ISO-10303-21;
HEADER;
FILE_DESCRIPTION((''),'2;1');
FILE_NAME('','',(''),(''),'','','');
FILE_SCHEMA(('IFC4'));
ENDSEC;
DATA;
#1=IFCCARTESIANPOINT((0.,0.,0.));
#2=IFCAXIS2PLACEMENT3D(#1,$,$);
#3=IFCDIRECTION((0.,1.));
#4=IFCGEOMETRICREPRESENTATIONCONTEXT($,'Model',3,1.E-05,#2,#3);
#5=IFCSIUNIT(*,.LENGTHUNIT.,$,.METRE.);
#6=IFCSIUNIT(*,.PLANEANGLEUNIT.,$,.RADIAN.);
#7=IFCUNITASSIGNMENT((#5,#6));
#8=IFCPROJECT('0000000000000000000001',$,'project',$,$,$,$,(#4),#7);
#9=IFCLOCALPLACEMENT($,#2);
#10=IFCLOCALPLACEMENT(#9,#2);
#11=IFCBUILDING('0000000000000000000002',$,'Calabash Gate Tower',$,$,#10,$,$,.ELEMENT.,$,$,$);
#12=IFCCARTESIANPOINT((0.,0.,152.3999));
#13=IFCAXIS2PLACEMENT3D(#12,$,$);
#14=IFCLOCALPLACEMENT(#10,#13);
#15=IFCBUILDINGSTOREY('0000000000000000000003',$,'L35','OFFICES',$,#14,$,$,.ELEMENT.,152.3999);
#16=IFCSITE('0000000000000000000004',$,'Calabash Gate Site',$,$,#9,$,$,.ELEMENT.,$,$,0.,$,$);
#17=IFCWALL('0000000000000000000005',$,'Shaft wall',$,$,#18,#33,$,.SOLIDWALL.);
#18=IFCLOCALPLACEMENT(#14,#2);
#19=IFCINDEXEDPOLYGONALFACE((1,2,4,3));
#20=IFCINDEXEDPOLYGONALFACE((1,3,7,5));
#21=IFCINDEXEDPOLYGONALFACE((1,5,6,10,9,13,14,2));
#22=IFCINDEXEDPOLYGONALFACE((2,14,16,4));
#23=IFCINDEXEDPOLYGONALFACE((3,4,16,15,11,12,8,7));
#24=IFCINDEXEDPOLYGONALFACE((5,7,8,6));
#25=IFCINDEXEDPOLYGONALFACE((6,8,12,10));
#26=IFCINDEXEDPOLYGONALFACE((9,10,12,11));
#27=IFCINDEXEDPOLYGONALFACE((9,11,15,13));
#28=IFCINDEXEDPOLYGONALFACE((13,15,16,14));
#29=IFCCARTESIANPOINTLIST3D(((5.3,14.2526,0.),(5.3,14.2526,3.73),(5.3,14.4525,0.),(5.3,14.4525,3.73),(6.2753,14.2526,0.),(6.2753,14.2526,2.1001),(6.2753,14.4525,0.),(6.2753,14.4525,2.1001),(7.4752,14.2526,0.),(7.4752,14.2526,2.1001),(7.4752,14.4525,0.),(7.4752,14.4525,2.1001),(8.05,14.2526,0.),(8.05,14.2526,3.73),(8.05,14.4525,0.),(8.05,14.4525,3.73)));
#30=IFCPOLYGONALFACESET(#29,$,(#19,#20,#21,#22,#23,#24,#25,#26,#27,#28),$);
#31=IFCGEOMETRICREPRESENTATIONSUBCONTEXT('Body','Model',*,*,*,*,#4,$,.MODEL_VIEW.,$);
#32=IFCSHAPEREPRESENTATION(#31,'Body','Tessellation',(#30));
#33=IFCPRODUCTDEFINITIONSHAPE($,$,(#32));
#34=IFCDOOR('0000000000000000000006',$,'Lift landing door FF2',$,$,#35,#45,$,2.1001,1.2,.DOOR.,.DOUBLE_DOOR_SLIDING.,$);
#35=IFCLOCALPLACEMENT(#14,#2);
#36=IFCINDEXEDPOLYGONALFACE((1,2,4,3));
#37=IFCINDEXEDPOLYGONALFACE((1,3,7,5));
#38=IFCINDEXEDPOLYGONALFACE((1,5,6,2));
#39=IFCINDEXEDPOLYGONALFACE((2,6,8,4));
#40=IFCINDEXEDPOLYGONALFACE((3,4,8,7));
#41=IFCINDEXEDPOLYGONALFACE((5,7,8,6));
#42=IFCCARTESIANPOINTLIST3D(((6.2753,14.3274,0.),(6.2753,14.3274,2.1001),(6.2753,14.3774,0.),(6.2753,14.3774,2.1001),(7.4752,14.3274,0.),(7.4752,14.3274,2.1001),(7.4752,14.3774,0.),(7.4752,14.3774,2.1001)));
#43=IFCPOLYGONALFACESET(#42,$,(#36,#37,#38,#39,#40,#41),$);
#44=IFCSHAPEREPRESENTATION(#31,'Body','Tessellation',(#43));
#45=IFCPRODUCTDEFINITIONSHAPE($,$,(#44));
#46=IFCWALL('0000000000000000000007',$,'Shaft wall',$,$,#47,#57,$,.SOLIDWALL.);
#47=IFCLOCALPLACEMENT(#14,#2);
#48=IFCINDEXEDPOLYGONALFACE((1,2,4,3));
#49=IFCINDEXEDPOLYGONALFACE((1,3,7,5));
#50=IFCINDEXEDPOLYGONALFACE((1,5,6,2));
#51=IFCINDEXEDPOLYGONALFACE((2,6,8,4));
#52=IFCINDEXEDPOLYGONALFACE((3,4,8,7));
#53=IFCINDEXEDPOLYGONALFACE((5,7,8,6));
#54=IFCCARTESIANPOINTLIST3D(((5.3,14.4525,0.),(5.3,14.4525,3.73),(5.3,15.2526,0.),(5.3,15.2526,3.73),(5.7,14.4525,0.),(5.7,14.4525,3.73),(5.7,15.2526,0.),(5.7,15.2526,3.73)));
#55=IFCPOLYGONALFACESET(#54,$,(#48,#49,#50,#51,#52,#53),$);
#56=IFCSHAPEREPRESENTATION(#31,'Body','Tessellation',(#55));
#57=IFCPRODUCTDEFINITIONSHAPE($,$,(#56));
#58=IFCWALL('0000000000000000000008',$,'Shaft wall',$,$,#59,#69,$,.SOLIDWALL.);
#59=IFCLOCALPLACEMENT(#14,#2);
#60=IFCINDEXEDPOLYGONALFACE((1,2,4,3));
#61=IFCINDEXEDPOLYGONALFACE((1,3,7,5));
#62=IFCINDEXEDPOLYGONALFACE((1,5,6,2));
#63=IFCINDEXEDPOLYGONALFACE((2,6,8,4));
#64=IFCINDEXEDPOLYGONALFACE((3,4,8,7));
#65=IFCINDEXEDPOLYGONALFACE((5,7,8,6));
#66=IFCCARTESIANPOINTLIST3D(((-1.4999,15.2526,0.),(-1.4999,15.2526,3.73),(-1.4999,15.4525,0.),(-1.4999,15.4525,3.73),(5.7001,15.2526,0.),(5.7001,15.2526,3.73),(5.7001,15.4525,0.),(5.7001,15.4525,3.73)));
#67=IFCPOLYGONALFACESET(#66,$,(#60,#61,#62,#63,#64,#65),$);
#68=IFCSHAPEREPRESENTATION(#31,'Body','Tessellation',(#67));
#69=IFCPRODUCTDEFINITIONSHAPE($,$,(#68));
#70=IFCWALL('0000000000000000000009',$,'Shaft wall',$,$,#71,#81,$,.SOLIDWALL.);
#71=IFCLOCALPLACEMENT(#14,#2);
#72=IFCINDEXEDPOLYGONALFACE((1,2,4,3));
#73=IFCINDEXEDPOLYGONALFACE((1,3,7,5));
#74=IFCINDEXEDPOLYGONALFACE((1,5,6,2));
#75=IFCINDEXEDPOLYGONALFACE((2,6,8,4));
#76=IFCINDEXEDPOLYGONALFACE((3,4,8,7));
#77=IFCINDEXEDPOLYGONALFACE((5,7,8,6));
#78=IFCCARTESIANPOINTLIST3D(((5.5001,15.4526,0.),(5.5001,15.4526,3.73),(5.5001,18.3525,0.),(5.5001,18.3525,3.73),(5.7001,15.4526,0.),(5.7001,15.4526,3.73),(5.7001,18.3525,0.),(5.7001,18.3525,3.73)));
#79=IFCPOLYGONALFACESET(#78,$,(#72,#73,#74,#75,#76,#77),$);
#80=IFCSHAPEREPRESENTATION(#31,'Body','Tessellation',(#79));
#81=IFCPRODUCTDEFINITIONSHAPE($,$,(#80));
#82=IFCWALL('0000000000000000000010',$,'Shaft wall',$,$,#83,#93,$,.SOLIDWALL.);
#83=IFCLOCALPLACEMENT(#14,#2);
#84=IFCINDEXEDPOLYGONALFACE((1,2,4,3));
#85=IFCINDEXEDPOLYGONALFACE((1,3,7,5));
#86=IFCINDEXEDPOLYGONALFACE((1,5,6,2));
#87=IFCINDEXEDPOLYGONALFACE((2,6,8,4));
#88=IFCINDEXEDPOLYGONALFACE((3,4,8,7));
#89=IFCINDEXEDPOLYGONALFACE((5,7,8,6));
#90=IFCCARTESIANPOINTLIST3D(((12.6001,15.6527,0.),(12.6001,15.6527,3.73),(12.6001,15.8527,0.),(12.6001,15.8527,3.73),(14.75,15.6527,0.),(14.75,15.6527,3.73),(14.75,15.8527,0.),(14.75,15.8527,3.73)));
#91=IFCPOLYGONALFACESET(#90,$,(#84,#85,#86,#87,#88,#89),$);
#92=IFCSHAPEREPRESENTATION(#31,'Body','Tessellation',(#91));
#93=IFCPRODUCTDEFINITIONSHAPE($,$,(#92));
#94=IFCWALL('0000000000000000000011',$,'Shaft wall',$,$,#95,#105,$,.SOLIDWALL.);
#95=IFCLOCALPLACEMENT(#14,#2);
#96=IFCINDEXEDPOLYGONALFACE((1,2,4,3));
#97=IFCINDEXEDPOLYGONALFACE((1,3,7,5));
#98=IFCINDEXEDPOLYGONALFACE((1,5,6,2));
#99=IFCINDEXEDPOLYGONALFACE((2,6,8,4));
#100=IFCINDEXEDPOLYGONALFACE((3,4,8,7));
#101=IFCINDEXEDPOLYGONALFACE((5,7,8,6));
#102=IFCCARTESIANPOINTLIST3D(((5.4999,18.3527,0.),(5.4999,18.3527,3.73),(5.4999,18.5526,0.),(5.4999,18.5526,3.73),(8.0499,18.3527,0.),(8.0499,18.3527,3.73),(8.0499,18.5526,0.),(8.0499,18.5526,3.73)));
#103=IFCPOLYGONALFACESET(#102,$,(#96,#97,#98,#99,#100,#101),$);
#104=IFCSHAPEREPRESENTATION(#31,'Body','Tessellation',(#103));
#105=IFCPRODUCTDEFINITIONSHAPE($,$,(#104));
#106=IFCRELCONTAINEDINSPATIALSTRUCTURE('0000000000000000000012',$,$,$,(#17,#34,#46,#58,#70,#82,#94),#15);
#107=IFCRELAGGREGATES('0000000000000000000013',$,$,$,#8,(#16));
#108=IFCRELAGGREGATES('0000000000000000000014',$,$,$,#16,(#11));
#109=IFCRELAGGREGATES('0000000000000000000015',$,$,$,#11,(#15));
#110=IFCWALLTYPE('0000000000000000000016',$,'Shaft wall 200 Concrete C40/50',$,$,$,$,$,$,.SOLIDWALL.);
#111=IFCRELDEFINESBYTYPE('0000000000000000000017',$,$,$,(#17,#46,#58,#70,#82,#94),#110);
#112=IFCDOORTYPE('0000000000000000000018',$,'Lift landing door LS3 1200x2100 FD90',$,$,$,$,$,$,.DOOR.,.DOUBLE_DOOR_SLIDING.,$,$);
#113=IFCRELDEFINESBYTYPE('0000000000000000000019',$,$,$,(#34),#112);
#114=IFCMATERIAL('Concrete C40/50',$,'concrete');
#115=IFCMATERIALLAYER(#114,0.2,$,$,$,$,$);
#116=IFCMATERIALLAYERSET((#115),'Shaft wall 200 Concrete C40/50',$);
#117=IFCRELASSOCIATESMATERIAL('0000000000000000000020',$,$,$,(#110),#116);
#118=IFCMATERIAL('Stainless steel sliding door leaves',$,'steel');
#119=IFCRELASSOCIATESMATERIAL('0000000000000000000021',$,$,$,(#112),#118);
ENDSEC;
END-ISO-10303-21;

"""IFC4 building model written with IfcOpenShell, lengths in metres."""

from ifc_helpers import new_model, si_unit, direction, frame, frame_2d, origin, place, context, subcontext, project, spatial, rectangle, extrude, material, layer, layer_set, type_object, element, fill, save


model = new_model("IFC4")

# Units and contexts
model_context = context("Model", 3, precision=1e-05, world=origin(), true_north=direction((0.0, 1.0)))
body_context = subcontext(model_context, "Body", "Model", "MODEL_VIEW")
ifc_project = project(units=[si_unit("LENGTHUNIT", "METRE"), si_unit("PLANEANGLEUNIT", "RADIAN")], contexts=[model_context])

# Site, building, storey
site_placement = place(None, origin())
site = spatial("IfcSite", under=ifc_project, at=site_placement, Name="Calabash Gate Site", CompositionType="ELEMENT", RefElevation=0.0)
building_placement = place(site_placement, origin())
building = spatial("IfcBuilding", under=site, at=building_placement, Name="Calabash Gate Tower", CompositionType="ELEMENT")
storey_placement = place(building_placement, frame((0.0, 0.0, 152.3999)))
storey = spatial("IfcBuildingStorey", under=building, at=storey_placement, Name="L35", Description="OFFICES", CompositionType="ELEMENT", Elevation=152.3999)

# Shared definitions
ifc_material_1 = material(Name="Concrete C40/50", Category="concrete")
ifc_layer_1 = layer(ifc_material_1, 0.2)
ifc_layer_set_1 = layer_set([ifc_layer_1], Name="Shaft wall 200 Concrete C40/50")
wall_type_1 = type_object("IfcWallType", Name="Shaft wall 200 Concrete C40/50", PredefinedType="SOLIDWALL", material=ifc_layer_set_1)

# Shared definitions
ifc_material_2 = material(Name="Stainless steel sliding door leaves", Category="steel")
door_type_1 = type_object("IfcDoorType", Name="Lift landing door LS3 1200x2100 FD90", OperationType="DOUBLE_DOOR_SLIDING", PredefinedType="DOOR", material=ifc_material_2)

# Wall, opening, door
wall_1_placement = place(storey_placement, frame((5.3, 14.3525, 0.0), z_axis=(0.0, 0.0, 1.0), x_axis=(1.0, 0.0, 0.0)))
wall_1 = element("IfcWall", 1, at=wall_1_placement, inside=storey, type_object=wall_type_1, Name="Shaft wall", PredefinedType="SOLIDWALL", context=body_context, shape_type="SweptSolid", body=[
    extrude(rectangle(XDim=2.75, YDim=0.2, at=frame_2d((1.375, 0.0))), origin(), (0.0, 0.0, 1.0), 3.73),
])
opening_1_placement = place(wall_1_placement, frame((0.9751, 0.0, 0.0)))
opening_1 = element("IfcOpeningElement", 2, at=opening_1_placement, cuts=wall_1, PredefinedType="OPENING", context=body_context, shape_type="SweptSolid", body=[
    extrude(rectangle(XDim=1.2, YDim=2.1001, at=frame_2d((0.6001, 1.05))), frame((0.0, 0.1099, 0.0), z_axis=(0.0, -1.0, 0.0), x_axis=(1.0, 0.0, 0.0)), (0.0, 0.0, 1.0), 0.22),
])
door_1_placement = place(opening_1_placement, origin())
door_1 = element("IfcDoor", 3, at=door_1_placement, inside=storey, type_object=door_type_1, Name="Lift landing door FF2", OperationType="DOUBLE_DOOR_SLIDING", OverallHeight=2.1001, OverallWidth=1.2, PredefinedType="DOOR", context=body_context, shape_type="SweptSolid", body=[
    extrude(rectangle(XDim=1.2, YDim=2.1001, at=frame_2d((0.6001, 1.05))), frame((0.0, 0.0249, 0.0), z_axis=(0.0, -1.0, 0.0), x_axis=(1.0, 0.0, 0.0)), (0.0, 0.0, 1.0), 0.05),
])
fill(opening_1, door_1)

# Walls
wall_2_placement = place(storey_placement, frame((5.5, 14.4526, 0.0), z_axis=(0.0, 0.0, 1.0), x_axis=(0.0, 1.0, 0.0)))
element("IfcWall", 4, at=wall_2_placement, inside=storey, type_object=wall_type_1, Name="Shaft wall", PredefinedType="SOLIDWALL", context=body_context, shape_type="SweptSolid", body=[
    extrude(rectangle(XDim=0.8, YDim=0.3999, at=frame_2d((0.3999, 0.0))), origin(), (0.0, 0.0, 1.0), 3.73),
])
wall_3_placement = place(storey_placement, frame((-1.5, 15.3525, 0.0), z_axis=(0.0, 0.0, 1.0), x_axis=(1.0, 0.0, 0.0)))
element("IfcWall", 5, at=wall_3_placement, inside=storey, type_object=wall_type_1, Name="Shaft wall", PredefinedType="SOLIDWALL", context=body_context, shape_type="SweptSolid", body=[
    extrude(rectangle(XDim=7.2, YDim=0.2, at=frame_2d((3.6001, 0.0))), origin(), (0.0, 0.0, 1.0), 3.73),
])
wall_4_placement = place(storey_placement, frame((5.6001, 15.4526, 0.0), z_axis=(0.0, 0.0, 1.0), x_axis=(0.0, 1.0, 0.0)))
element("IfcWall", 6, at=wall_4_placement, inside=storey, type_object=wall_type_1, Name="Shaft wall", PredefinedType="SOLIDWALL", context=body_context, shape_type="SweptSolid", body=[
    extrude(rectangle(XDim=2.8999, YDim=0.2, at=frame_2d((1.45, 0.0))), origin(), (0.0, 0.0, 1.0), 3.73),
])
wall_5_placement = place(storey_placement, frame((12.6001, 15.7527, 0.0), z_axis=(0.0, 0.0, 1.0), x_axis=(1.0, 0.0, 0.0)))
element("IfcWall", 7, at=wall_5_placement, inside=storey, type_object=wall_type_1, Name="Shaft wall", PredefinedType="SOLIDWALL", context=body_context, shape_type="SweptSolid", body=[
    extrude(rectangle(XDim=2.1499, YDim=0.2, at=frame_2d((1.075, 0.0))), origin(), (0.0, 0.0, 1.0), 3.73),
])
wall_6_placement = place(storey_placement, frame((5.5, 18.4526, 0.0), z_axis=(0.0, 0.0, 1.0), x_axis=(1.0, 0.0, 0.0)))
element("IfcWall", 8, at=wall_6_placement, inside=storey, type_object=wall_type_1, Name="Shaft wall", PredefinedType="SOLIDWALL", context=body_context, shape_type="SweptSolid", body=[
    extrude(rectangle(XDim=2.55, YDim=0.2, at=frame_2d((1.2749, 0.0))), origin(), (0.0, 0.0, 1.0), 3.73),
])

save(model, "model.ifc")
